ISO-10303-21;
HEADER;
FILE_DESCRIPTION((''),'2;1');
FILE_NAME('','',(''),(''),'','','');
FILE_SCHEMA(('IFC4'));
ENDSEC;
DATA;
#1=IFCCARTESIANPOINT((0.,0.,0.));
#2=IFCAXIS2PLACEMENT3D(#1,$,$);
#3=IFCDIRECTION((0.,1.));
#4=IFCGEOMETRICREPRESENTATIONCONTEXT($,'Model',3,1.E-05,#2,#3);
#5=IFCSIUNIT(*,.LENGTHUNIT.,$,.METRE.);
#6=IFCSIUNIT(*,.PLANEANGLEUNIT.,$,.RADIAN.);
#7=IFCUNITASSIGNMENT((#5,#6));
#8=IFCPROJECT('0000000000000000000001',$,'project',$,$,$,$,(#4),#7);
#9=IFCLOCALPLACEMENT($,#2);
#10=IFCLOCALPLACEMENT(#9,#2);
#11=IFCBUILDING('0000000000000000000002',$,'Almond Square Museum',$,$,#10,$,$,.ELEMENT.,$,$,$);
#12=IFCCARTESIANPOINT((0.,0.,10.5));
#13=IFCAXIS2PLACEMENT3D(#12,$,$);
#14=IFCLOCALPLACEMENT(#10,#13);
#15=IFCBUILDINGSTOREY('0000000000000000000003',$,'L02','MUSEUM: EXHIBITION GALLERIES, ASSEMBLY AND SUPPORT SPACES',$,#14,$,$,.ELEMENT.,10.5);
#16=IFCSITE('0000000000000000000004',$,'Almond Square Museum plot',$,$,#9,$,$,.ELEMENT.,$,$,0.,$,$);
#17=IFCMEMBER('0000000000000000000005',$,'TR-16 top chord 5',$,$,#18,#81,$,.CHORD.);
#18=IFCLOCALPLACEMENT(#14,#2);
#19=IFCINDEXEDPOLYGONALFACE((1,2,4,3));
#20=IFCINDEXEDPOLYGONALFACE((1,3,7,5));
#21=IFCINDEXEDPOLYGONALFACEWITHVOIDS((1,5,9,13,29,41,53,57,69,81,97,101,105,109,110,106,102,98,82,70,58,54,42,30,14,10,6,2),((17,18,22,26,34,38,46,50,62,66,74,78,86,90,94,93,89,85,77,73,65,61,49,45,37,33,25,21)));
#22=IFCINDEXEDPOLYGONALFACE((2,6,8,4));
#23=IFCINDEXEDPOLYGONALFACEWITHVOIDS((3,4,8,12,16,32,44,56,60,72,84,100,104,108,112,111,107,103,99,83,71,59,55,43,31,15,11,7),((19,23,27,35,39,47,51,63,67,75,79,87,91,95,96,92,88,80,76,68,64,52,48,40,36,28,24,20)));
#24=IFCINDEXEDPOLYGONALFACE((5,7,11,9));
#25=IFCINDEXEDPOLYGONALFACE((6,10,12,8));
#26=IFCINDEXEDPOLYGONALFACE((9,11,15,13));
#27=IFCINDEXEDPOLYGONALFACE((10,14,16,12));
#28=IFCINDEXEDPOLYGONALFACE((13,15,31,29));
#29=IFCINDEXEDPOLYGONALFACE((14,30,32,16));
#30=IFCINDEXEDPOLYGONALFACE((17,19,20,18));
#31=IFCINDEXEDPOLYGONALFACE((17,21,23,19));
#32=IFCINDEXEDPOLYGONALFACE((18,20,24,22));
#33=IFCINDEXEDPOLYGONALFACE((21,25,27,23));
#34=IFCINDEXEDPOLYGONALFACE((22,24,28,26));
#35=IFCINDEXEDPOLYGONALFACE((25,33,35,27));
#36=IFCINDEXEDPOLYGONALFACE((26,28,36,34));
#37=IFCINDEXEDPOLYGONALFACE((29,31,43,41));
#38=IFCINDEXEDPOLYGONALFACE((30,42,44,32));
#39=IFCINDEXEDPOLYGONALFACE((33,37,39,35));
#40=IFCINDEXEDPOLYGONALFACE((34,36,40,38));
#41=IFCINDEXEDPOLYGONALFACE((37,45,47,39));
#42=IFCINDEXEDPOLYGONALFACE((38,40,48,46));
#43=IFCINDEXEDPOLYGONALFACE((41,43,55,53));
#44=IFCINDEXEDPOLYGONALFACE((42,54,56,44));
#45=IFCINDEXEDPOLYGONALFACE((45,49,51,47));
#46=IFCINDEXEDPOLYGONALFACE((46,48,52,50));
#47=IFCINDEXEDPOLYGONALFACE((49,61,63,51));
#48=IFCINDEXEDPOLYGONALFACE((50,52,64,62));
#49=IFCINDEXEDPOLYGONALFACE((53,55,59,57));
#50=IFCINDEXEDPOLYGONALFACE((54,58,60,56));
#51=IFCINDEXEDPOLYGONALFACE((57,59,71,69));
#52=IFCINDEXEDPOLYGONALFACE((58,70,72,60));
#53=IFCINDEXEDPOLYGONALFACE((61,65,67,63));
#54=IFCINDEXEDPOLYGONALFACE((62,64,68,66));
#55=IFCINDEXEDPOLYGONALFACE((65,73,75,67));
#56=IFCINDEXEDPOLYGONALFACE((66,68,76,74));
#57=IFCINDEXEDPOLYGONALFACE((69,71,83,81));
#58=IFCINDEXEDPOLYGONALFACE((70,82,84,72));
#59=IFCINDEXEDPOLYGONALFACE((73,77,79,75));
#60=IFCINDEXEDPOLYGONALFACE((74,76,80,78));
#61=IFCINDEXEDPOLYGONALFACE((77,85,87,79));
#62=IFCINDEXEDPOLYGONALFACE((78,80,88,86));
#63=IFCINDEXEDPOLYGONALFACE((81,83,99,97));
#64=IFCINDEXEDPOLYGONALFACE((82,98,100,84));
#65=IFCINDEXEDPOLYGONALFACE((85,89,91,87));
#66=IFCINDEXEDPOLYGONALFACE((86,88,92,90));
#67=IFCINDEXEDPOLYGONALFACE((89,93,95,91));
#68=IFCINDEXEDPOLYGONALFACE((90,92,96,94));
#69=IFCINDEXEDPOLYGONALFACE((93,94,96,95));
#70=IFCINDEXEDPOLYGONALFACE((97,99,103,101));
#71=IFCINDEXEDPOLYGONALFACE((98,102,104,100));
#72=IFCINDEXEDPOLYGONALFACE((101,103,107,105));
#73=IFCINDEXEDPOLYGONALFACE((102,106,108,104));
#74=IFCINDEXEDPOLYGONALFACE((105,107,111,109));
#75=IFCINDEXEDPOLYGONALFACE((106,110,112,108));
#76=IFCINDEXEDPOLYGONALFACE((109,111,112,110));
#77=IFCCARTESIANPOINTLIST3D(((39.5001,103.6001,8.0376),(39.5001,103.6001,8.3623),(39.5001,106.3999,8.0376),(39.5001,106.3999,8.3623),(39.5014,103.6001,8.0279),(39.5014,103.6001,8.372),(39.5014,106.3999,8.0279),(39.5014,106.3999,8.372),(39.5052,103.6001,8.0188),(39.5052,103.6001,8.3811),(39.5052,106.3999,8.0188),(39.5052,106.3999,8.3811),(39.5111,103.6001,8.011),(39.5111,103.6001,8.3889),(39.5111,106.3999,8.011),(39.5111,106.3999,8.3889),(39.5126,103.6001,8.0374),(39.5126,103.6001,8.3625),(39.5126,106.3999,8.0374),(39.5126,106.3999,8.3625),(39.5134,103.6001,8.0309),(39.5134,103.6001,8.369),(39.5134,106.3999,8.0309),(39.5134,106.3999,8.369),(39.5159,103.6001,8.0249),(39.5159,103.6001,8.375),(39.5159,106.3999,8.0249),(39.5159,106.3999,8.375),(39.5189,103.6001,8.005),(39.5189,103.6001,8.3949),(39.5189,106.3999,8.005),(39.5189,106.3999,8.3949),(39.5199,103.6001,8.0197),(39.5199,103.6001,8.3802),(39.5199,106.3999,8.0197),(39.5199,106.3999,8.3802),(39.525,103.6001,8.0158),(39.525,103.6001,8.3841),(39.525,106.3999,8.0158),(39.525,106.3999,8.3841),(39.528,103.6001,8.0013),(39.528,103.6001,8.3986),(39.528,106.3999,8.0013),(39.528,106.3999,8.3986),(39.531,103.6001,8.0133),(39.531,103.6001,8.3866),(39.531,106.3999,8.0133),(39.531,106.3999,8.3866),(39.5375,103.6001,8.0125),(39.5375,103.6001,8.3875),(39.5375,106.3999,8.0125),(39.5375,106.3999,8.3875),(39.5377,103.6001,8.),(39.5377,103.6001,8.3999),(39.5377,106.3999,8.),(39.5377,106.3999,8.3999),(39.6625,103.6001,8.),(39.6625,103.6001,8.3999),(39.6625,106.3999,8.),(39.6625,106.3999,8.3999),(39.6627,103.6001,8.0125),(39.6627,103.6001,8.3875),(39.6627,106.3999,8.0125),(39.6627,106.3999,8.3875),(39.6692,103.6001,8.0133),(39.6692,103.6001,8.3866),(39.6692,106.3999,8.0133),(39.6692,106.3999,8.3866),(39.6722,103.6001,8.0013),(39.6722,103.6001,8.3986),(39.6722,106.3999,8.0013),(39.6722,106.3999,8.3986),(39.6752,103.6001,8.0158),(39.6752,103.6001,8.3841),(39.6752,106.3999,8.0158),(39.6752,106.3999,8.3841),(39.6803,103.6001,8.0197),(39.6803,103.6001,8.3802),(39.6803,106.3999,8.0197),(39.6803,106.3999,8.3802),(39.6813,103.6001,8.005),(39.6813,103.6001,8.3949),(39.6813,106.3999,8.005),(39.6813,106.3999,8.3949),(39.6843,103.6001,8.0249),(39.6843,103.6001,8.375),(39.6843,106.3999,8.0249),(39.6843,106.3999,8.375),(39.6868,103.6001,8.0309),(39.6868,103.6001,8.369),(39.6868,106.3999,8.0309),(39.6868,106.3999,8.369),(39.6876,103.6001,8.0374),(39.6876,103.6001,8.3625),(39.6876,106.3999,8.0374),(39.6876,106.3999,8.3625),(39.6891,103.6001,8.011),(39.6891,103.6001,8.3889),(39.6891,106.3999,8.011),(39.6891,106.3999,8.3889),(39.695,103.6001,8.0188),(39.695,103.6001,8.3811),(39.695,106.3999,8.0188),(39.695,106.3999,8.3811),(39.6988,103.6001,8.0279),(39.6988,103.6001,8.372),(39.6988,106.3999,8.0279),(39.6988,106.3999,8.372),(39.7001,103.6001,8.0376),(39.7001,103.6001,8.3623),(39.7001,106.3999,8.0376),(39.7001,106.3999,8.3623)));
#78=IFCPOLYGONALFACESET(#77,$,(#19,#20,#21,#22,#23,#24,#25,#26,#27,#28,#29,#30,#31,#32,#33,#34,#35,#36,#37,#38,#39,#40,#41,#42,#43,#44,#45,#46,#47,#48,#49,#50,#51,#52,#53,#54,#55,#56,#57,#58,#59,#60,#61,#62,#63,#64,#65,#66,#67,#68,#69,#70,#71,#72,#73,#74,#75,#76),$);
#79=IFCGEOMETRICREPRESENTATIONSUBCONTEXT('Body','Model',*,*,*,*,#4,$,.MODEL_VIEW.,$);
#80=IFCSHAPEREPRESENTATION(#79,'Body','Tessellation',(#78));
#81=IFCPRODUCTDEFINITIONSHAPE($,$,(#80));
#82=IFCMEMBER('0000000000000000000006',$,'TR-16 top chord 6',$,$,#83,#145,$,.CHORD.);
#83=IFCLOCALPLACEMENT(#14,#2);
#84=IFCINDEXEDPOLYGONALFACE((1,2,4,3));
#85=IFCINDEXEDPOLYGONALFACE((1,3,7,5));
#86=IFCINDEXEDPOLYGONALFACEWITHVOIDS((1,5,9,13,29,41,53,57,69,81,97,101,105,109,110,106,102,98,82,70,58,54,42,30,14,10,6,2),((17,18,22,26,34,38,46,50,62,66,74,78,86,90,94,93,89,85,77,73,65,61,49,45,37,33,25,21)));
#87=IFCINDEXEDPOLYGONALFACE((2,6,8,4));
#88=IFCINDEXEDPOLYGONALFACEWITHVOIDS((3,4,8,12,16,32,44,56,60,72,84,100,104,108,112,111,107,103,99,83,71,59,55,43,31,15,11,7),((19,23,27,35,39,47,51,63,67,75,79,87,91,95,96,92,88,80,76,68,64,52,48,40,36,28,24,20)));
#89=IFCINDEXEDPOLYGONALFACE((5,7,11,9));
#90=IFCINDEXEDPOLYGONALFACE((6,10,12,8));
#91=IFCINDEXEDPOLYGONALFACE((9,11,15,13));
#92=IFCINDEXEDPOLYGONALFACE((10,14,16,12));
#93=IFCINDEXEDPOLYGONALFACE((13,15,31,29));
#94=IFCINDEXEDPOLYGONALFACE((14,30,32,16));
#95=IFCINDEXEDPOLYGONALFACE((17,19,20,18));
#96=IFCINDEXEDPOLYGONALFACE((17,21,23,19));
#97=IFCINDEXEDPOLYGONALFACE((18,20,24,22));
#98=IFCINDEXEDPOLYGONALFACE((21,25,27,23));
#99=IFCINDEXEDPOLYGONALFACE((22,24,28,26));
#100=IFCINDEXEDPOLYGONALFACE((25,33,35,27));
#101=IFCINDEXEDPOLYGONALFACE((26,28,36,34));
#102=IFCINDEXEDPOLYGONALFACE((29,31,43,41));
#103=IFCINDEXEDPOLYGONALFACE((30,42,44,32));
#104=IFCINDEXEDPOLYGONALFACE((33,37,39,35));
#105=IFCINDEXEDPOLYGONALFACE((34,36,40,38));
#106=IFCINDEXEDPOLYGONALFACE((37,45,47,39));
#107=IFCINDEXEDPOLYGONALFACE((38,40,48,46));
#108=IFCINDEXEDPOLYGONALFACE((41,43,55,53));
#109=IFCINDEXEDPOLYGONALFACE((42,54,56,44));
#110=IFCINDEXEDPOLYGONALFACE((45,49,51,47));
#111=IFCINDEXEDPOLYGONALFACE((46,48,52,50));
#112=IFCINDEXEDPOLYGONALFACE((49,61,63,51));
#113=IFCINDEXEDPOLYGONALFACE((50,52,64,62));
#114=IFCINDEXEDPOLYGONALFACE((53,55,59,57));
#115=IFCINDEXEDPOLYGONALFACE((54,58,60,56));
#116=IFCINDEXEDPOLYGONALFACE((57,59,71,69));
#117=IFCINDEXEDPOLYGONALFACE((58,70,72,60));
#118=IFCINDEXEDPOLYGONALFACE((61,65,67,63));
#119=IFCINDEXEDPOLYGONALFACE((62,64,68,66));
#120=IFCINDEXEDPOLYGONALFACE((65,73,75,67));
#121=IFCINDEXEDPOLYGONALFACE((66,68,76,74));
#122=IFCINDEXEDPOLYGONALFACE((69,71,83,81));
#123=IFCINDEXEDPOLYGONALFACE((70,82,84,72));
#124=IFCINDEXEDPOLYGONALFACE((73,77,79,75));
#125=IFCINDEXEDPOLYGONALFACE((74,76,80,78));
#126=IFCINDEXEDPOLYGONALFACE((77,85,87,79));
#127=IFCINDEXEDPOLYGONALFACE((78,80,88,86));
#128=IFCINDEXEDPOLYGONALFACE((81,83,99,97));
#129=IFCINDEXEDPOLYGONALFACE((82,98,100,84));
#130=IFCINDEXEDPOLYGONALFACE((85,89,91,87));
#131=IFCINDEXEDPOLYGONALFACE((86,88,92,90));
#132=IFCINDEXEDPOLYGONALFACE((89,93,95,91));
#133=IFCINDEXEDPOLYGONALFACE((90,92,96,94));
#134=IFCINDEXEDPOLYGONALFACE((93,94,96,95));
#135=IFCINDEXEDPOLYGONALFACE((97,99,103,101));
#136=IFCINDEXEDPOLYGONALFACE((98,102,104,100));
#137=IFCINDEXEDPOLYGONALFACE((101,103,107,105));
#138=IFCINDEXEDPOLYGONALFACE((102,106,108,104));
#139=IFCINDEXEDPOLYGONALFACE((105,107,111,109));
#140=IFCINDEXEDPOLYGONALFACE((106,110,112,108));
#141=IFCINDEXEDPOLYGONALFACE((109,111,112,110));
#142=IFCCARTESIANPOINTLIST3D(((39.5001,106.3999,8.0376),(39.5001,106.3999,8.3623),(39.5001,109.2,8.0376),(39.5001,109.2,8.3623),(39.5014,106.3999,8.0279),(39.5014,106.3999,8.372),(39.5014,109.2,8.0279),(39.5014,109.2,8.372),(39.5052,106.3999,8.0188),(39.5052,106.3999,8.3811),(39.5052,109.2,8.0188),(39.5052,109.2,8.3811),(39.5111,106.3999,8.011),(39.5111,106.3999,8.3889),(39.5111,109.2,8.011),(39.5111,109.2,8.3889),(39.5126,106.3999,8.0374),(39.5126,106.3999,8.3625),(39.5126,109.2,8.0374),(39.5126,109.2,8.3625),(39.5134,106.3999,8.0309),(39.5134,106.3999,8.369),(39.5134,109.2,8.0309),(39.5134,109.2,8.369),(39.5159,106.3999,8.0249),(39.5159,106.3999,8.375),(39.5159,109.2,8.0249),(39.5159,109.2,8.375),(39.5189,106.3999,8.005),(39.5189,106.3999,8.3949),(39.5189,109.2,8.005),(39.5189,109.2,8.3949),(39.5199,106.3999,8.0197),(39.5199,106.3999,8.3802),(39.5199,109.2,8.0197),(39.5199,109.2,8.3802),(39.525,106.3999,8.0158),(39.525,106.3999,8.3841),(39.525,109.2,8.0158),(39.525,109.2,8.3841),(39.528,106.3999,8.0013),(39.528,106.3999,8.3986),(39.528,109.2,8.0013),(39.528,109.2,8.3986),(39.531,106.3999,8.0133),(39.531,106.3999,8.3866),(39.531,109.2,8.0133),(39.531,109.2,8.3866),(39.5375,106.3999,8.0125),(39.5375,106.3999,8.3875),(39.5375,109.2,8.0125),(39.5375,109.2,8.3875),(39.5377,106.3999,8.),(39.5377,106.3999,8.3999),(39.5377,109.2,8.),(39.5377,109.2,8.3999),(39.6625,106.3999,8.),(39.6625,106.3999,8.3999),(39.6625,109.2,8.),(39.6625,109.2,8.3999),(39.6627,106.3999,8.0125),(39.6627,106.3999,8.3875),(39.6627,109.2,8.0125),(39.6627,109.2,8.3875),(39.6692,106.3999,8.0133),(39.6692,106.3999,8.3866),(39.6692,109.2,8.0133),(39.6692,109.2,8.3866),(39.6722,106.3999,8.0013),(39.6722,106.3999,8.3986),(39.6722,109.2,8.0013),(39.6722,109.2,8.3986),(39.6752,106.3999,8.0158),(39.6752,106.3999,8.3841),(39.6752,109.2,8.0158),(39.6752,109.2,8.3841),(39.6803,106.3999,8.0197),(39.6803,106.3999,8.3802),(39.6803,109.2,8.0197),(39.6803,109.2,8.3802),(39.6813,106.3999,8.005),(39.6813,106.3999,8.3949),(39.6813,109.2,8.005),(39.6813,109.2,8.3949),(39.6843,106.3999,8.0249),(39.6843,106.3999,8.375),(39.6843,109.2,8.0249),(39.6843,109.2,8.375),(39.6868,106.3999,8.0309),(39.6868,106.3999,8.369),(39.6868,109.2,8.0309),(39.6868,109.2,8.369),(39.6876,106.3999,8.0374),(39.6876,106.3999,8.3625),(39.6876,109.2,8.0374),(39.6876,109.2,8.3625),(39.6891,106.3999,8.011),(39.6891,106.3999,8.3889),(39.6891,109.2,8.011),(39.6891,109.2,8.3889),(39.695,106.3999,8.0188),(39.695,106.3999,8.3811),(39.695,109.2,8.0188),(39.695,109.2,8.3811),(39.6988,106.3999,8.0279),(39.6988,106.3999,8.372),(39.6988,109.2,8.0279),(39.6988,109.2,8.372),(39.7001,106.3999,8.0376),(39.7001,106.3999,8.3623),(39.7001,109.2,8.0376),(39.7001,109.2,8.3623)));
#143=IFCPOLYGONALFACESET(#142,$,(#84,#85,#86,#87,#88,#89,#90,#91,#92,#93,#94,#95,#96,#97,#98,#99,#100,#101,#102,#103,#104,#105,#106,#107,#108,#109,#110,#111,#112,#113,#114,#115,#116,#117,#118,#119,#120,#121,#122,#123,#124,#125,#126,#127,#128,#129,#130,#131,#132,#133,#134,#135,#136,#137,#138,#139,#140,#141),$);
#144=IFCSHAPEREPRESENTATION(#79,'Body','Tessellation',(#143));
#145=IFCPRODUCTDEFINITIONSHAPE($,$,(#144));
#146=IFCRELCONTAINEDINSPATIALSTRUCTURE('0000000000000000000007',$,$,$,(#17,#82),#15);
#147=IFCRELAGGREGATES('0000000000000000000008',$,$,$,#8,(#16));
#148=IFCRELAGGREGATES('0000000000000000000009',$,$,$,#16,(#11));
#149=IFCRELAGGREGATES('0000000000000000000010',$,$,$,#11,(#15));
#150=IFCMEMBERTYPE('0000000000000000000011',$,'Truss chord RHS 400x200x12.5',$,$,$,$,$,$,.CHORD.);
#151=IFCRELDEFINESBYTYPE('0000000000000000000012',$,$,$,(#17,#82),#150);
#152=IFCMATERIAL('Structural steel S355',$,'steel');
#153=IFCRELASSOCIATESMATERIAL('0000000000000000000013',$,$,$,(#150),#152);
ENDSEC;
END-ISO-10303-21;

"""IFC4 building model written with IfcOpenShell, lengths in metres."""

from ifc_helpers import new_model, si_unit, direction, frame, origin, origin_2d, place, context, subcontext, project, spatial, hollow_rectangle, extrude, material, material_profile, profile_set, type_object, element, save


model = new_model("IFC4")

# Units and contexts
model_context = context("Model", 3, precision=1e-05, world=origin(), true_north=direction((0.0, 1.0)))
body_context = subcontext(model_context, "Body", "Model", "MODEL_VIEW")
ifc_project = project(units=[si_unit("LENGTHUNIT", "METRE"), si_unit("PLANEANGLEUNIT", "RADIAN")], contexts=[model_context])

# Site, building, storey
site_placement = place(None, origin())
site = spatial("IfcSite", under=ifc_project, at=site_placement, Name="Almond Square Museum plot", CompositionType="ELEMENT", RefElevation=0.0)
building_placement = place(site_placement, origin())
building = spatial("IfcBuilding", under=site, at=building_placement, Name="Almond Square Museum", CompositionType="ELEMENT")
storey_placement = place(building_placement, frame((0.0, 0.0, 10.5)))
storey = spatial("IfcBuildingStorey", under=building, at=storey_placement, Name="L02", Description="MUSEUM: EXHIBITION GALLERIES, ASSEMBLY AND SUPPORT SPACES", CompositionType="ELEMENT", Elevation=10.5)

# Members
ifc_material_1 = material(Name="Structural steel S355", Category="steel")
ifc_material_profile_1 = material_profile(ifc_material_1, hollow_rectangle(XDim=0.2, YDim=0.3999, WallThickness=0.0125, InnerFilletRadius=0.0249, OuterFilletRadius=0.0376, at=origin_2d()))
ifc_profile_set_1 = profile_set([ifc_material_profile_1], Name="Structural steel S355")
member_type_1 = type_object("IfcMemberType", Name="Truss chord RHS 400x200x12.5", PredefinedType="CHORD", material=ifc_profile_set_1)
member_1_placement = place(storey_placement, frame((39.6001, 103.6001, 8.2), z_axis=(0.0, 1.0, 0.0), x_axis=(-1.0, 0.0, 0.0)))
element("IfcMember", 1, at=member_1_placement, inside=storey, type_object=member_type_1, Name="TR-16 top chord 5", PredefinedType="CHORD", context=body_context, shape_type="SweptSolid", body=[
    extrude(hollow_rectangle(XDim=0.2, YDim=0.3999, WallThickness=0.0125, InnerFilletRadius=0.0249, OuterFilletRadius=0.0376, at=origin_2d()), origin(), (0.0, 0.0, 1.0), 2.7998),
])
member_2_placement = place(storey_placement, frame((39.6001, 106.3999, 8.2), z_axis=(0.0, 1.0, 0.0), x_axis=(-1.0, 0.0, 0.0)))
element("IfcMember", 2, at=member_2_placement, inside=storey, type_object=member_type_1, Name="TR-16 top chord 6", PredefinedType="CHORD", context=body_context, shape_type="SweptSolid", body=[
    extrude(hollow_rectangle(XDim=0.2, YDim=0.3999, WallThickness=0.0125, InnerFilletRadius=0.0249, OuterFilletRadius=0.0376, at=origin_2d()), origin(), (0.0, 0.0, 1.0), 2.8),
])

save(model, "model.ifc")
